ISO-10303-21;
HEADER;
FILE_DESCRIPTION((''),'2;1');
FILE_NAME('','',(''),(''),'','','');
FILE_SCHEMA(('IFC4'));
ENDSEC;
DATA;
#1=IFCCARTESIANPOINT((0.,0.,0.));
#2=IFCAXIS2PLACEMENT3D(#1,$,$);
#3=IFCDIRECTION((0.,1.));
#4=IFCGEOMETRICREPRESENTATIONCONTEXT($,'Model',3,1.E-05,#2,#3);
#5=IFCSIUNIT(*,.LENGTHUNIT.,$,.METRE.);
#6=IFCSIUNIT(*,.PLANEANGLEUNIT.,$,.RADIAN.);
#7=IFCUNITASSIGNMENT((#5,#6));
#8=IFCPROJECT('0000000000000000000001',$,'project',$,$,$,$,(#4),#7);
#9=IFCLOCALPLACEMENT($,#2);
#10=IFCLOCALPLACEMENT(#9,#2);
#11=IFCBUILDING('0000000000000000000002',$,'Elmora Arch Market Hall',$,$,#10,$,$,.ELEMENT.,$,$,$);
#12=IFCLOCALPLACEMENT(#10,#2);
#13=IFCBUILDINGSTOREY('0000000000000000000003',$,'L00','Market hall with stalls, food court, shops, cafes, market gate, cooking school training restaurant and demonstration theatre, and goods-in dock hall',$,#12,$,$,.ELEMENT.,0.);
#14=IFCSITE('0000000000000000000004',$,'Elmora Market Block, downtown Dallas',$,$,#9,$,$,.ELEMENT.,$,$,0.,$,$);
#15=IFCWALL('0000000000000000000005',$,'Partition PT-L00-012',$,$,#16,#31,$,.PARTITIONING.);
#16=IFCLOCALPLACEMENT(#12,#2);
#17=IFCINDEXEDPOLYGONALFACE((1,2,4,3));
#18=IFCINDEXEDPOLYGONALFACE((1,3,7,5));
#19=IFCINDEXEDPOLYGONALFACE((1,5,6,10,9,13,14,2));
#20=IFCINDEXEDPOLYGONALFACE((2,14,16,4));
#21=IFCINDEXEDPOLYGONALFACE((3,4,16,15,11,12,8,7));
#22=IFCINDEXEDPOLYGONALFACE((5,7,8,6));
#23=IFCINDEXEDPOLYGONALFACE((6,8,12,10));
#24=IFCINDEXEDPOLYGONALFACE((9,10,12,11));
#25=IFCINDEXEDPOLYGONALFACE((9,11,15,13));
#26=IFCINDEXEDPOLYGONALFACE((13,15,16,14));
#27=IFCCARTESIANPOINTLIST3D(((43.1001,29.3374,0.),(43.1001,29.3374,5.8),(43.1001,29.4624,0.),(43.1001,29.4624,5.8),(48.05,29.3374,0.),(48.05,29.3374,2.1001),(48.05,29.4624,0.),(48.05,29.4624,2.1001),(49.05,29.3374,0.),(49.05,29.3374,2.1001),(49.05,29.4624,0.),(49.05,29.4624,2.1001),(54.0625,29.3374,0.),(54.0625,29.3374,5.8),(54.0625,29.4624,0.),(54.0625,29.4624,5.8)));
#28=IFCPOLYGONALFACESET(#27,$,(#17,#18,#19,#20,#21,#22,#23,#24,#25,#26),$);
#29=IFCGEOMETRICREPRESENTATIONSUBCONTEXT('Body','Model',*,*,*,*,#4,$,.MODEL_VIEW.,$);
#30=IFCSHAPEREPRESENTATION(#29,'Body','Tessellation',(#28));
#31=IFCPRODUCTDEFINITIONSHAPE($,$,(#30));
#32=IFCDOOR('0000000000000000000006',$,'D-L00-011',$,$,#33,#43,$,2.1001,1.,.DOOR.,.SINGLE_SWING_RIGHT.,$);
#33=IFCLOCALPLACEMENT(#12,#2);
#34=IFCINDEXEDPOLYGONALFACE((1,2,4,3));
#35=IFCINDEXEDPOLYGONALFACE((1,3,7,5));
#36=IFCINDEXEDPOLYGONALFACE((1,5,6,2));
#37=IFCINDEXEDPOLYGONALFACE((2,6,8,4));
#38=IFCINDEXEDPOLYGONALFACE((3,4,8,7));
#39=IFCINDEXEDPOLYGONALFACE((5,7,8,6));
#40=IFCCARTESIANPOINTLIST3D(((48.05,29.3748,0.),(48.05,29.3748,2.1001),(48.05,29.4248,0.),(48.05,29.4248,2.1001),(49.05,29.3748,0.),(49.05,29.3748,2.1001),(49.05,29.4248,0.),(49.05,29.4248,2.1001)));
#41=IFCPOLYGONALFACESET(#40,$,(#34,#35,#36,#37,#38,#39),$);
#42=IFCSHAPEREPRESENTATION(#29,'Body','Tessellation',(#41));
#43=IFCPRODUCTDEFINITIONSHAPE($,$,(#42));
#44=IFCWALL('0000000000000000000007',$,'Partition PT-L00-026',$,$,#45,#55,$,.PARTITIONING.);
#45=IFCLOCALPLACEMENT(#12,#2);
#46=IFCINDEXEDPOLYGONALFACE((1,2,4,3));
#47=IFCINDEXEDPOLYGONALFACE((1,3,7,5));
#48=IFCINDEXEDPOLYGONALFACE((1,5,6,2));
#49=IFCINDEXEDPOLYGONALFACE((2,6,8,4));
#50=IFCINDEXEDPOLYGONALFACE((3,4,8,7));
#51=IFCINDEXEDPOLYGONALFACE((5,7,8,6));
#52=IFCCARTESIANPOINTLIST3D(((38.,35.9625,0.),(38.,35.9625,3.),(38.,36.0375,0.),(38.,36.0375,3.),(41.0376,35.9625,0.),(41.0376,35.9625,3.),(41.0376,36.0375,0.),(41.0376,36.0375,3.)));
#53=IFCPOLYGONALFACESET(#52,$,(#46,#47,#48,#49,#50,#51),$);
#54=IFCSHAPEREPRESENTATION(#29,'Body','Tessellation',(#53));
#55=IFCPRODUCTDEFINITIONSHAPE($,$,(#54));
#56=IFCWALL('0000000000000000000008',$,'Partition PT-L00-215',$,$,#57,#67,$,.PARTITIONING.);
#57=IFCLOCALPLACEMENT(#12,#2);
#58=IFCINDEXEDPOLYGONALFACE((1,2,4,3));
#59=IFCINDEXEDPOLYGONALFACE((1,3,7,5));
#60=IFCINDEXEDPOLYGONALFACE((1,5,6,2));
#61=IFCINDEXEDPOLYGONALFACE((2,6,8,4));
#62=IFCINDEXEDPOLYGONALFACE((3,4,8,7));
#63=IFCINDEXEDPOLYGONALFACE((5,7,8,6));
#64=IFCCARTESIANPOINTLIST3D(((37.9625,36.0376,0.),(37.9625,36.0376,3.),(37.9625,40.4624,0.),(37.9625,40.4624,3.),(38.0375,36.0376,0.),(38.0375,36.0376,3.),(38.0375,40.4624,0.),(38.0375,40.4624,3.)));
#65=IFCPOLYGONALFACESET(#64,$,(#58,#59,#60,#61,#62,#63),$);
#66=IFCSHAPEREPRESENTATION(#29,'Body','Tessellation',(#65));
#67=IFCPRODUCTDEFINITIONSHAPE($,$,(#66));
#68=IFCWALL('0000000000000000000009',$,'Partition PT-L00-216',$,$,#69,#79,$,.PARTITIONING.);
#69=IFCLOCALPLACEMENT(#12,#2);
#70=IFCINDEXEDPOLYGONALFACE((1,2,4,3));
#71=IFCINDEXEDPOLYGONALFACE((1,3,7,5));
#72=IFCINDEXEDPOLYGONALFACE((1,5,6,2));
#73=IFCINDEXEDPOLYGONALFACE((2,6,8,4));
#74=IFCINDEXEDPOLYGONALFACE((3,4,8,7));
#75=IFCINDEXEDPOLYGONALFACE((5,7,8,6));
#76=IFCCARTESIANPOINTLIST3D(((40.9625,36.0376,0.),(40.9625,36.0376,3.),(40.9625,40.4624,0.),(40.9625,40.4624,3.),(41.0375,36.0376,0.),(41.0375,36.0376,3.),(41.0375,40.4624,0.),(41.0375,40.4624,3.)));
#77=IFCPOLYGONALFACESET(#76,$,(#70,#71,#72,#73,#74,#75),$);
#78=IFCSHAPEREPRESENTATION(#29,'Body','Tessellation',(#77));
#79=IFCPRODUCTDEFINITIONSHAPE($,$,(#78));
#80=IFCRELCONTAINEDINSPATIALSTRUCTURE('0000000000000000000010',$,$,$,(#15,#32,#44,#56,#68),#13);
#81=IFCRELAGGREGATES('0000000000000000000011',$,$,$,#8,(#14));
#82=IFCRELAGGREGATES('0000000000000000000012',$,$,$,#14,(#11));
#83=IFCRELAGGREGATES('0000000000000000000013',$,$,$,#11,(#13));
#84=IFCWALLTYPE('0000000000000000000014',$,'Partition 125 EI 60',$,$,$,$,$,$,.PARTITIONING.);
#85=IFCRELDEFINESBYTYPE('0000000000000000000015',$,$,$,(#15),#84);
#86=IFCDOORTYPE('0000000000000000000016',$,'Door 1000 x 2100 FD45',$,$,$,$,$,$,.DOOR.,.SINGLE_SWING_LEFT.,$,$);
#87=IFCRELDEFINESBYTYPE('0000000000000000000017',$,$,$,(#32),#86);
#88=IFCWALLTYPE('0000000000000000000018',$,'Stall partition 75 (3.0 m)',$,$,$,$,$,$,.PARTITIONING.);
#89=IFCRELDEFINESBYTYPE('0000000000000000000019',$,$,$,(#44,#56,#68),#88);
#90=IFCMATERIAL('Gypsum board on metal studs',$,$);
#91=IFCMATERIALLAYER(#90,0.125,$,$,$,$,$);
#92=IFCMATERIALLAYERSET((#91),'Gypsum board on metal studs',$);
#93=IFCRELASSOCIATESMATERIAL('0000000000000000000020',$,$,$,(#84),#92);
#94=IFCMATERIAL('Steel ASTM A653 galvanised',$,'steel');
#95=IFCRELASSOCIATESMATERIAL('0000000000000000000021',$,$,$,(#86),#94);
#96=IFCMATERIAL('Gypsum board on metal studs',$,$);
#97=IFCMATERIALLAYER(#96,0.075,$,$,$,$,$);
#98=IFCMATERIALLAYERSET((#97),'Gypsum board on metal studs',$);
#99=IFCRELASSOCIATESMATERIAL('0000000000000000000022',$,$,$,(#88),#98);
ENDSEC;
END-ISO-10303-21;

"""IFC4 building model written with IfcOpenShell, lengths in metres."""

from ifc_helpers import new_model, si_unit, direction, frame, frame_2d, origin, place, context, subcontext, project, spatial, rectangle, extrude, material, layer, layer_set, type_object, element, fill, save


model = new_model("IFC4")

# Units and contexts
model_context = context("Model", 3, precision=1e-05, world=origin(), true_north=direction((0.0, 1.0)))
body_context = subcontext(model_context, "Body", "Model", "MODEL_VIEW")
ifc_project = project(units=[si_unit("LENGTHUNIT", "METRE"), si_unit("PLANEANGLEUNIT", "RADIAN")], contexts=[model_context])

# Site, building, storey
site_placement = place(None, origin())
site = spatial("IfcSite", under=ifc_project, at=site_placement, Name="Elmora Market Block, downtown Dallas", CompositionType="ELEMENT", RefElevation=0.0)
building_placement = place(site_placement, origin())
building = spatial("IfcBuilding", under=site, at=building_placement, Name="Elmora Arch Market Hall", CompositionType="ELEMENT")
storey_placement = place(building_placement, origin())
storey = spatial("IfcBuildingStorey", under=building, at=storey_placement, Name="L00", Description="Market hall with stalls, food court, shops, cafes, market gate, cooking school training restaurant and demonstration theatre, and goods-in dock hall", CompositionType="ELEMENT", Elevation=0.0)

# Wall, opening, door
ifc_material_1 = material(Name="Gypsum board on metal studs")
ifc_layer_1 = layer(ifc_material_1, 0.125)
ifc_layer_set_1 = layer_set([ifc_layer_1], Name="Gypsum board on metal studs")
wall_type_1 = type_object("IfcWallType", Name="Partition 125 EI 60", PredefinedType="PARTITIONING", material=ifc_layer_set_1)
wall_1_placement = place(storey_placement, frame((43.1001, 29.3999, 0.0), z_axis=(0.0, 0.0, 1.0), x_axis=(1.0, 0.0, 0.0)))
wall_1 = element("IfcWall", 1, at=wall_1_placement, inside=storey, type_object=wall_type_1, Name="Partition PT-L00-012", PredefinedType="PARTITIONING", context=body_context, shape_type="SweptSolid", body=[
    extrude(rectangle(XDim=10.9624, YDim=0.125, at=frame_2d((5.4812, 0.0))), origin(), (0.0, 0.0, 1.0), 5.8),
])
opening_1_placement = place(wall_1_placement, frame((4.95, 0.0, 0.0)))
opening_1 = element("IfcOpeningElement", 2, at=opening_1_placement, cuts=wall_1, PredefinedType="OPENING", context=body_context, shape_type="SweptSolid", body=[
    extrude(rectangle(XDim=1.0, YDim=2.1001, at=frame_2d((0.5, 1.05))), frame((0.0, 0.0725, 0.0), z_axis=(0.0, -1.0, 0.0), x_axis=(1.0, 0.0, 0.0)), (0.0, 0.0, 1.0), 0.145),
])
ifc_material_2 = material(Name="Steel ASTM A653 galvanised", Category="steel")
door_type_1 = type_object("IfcDoorType", Name="Door 1000 x 2100 FD45", OperationType="SINGLE_SWING_LEFT", PredefinedType="DOOR", material=ifc_material_2)
door_1_placement = place(opening_1_placement, origin())
door_1 = element("IfcDoor", 3, at=door_1_placement, inside=storey, type_object=door_type_1, Name="D-L00-011", OperationType="SINGLE_SWING_RIGHT", OverallHeight=2.1001, OverallWidth=1.0, PredefinedType="DOOR", context=body_context, shape_type="SweptSolid", body=[
    extrude(rectangle(XDim=1.0, YDim=2.1001, at=frame_2d((0.5, 1.05))), frame((0.0, 0.0249, 0.0), z_axis=(0.0, -1.0, 0.0), x_axis=(1.0, 0.0, 0.0)), (0.0, 0.0, 1.0), 0.05),
])
fill(opening_1, door_1)

# Wall
ifc_material_3 = material(Name="Gypsum board on metal studs")
ifc_layer_2 = layer(ifc_material_3, 0.075)
ifc_layer_set_2 = layer_set([ifc_layer_2], Name="Gypsum board on metal studs")
wall_type_2 = type_object("IfcWallType", Name="Stall partition 75 (3.0 m)", PredefinedType="PARTITIONING", material=ifc_layer_set_2)
wall_2_placement = place(storey_placement, frame((38.0, 36.0, 0.0), z_axis=(0.0, 0.0, 1.0), x_axis=(1.0, 0.0, 0.0)))
element("IfcWall", 4, at=wall_2_placement, inside=storey, type_object=wall_type_2, Name="Partition PT-L00-026", PredefinedType="PARTITIONING", context=body_context, shape_type="SweptSolid", body=[
    extrude(rectangle(XDim=3.0376, YDim=0.075, at=frame_2d((1.5188, 0.0))), origin(), (0.0, 0.0, 1.0), 3.0),
])

# Walls
for number, where, z_axis, x_axis, name in (
    (5, (38.0, 36.0376, 0.0), (0.0, 0.0, 1.0), (0.0, 1.0, 0.0), "Partition PT-L00-215"),
    (6, (41.0, 36.0376, 0.0), (0.0, 0.0, 1.0), (0.0, 1.0, 0.0), "Partition PT-L00-216"),
):
    element("IfcWall", number, at=place(storey_placement, frame(where, z_axis=z_axis, x_axis=x_axis)), inside=storey, type_object=wall_type_2, Name=name, PredefinedType="PARTITIONING", context=body_context, shape_type="SweptSolid", body=[
        extrude(rectangle(XDim=4.4248, YDim=0.075, at=frame_2d((2.2124, 0.0))), origin(), (0.0, 0.0, 1.0), 3.0),
    ])

save(model, "model.ifc")
